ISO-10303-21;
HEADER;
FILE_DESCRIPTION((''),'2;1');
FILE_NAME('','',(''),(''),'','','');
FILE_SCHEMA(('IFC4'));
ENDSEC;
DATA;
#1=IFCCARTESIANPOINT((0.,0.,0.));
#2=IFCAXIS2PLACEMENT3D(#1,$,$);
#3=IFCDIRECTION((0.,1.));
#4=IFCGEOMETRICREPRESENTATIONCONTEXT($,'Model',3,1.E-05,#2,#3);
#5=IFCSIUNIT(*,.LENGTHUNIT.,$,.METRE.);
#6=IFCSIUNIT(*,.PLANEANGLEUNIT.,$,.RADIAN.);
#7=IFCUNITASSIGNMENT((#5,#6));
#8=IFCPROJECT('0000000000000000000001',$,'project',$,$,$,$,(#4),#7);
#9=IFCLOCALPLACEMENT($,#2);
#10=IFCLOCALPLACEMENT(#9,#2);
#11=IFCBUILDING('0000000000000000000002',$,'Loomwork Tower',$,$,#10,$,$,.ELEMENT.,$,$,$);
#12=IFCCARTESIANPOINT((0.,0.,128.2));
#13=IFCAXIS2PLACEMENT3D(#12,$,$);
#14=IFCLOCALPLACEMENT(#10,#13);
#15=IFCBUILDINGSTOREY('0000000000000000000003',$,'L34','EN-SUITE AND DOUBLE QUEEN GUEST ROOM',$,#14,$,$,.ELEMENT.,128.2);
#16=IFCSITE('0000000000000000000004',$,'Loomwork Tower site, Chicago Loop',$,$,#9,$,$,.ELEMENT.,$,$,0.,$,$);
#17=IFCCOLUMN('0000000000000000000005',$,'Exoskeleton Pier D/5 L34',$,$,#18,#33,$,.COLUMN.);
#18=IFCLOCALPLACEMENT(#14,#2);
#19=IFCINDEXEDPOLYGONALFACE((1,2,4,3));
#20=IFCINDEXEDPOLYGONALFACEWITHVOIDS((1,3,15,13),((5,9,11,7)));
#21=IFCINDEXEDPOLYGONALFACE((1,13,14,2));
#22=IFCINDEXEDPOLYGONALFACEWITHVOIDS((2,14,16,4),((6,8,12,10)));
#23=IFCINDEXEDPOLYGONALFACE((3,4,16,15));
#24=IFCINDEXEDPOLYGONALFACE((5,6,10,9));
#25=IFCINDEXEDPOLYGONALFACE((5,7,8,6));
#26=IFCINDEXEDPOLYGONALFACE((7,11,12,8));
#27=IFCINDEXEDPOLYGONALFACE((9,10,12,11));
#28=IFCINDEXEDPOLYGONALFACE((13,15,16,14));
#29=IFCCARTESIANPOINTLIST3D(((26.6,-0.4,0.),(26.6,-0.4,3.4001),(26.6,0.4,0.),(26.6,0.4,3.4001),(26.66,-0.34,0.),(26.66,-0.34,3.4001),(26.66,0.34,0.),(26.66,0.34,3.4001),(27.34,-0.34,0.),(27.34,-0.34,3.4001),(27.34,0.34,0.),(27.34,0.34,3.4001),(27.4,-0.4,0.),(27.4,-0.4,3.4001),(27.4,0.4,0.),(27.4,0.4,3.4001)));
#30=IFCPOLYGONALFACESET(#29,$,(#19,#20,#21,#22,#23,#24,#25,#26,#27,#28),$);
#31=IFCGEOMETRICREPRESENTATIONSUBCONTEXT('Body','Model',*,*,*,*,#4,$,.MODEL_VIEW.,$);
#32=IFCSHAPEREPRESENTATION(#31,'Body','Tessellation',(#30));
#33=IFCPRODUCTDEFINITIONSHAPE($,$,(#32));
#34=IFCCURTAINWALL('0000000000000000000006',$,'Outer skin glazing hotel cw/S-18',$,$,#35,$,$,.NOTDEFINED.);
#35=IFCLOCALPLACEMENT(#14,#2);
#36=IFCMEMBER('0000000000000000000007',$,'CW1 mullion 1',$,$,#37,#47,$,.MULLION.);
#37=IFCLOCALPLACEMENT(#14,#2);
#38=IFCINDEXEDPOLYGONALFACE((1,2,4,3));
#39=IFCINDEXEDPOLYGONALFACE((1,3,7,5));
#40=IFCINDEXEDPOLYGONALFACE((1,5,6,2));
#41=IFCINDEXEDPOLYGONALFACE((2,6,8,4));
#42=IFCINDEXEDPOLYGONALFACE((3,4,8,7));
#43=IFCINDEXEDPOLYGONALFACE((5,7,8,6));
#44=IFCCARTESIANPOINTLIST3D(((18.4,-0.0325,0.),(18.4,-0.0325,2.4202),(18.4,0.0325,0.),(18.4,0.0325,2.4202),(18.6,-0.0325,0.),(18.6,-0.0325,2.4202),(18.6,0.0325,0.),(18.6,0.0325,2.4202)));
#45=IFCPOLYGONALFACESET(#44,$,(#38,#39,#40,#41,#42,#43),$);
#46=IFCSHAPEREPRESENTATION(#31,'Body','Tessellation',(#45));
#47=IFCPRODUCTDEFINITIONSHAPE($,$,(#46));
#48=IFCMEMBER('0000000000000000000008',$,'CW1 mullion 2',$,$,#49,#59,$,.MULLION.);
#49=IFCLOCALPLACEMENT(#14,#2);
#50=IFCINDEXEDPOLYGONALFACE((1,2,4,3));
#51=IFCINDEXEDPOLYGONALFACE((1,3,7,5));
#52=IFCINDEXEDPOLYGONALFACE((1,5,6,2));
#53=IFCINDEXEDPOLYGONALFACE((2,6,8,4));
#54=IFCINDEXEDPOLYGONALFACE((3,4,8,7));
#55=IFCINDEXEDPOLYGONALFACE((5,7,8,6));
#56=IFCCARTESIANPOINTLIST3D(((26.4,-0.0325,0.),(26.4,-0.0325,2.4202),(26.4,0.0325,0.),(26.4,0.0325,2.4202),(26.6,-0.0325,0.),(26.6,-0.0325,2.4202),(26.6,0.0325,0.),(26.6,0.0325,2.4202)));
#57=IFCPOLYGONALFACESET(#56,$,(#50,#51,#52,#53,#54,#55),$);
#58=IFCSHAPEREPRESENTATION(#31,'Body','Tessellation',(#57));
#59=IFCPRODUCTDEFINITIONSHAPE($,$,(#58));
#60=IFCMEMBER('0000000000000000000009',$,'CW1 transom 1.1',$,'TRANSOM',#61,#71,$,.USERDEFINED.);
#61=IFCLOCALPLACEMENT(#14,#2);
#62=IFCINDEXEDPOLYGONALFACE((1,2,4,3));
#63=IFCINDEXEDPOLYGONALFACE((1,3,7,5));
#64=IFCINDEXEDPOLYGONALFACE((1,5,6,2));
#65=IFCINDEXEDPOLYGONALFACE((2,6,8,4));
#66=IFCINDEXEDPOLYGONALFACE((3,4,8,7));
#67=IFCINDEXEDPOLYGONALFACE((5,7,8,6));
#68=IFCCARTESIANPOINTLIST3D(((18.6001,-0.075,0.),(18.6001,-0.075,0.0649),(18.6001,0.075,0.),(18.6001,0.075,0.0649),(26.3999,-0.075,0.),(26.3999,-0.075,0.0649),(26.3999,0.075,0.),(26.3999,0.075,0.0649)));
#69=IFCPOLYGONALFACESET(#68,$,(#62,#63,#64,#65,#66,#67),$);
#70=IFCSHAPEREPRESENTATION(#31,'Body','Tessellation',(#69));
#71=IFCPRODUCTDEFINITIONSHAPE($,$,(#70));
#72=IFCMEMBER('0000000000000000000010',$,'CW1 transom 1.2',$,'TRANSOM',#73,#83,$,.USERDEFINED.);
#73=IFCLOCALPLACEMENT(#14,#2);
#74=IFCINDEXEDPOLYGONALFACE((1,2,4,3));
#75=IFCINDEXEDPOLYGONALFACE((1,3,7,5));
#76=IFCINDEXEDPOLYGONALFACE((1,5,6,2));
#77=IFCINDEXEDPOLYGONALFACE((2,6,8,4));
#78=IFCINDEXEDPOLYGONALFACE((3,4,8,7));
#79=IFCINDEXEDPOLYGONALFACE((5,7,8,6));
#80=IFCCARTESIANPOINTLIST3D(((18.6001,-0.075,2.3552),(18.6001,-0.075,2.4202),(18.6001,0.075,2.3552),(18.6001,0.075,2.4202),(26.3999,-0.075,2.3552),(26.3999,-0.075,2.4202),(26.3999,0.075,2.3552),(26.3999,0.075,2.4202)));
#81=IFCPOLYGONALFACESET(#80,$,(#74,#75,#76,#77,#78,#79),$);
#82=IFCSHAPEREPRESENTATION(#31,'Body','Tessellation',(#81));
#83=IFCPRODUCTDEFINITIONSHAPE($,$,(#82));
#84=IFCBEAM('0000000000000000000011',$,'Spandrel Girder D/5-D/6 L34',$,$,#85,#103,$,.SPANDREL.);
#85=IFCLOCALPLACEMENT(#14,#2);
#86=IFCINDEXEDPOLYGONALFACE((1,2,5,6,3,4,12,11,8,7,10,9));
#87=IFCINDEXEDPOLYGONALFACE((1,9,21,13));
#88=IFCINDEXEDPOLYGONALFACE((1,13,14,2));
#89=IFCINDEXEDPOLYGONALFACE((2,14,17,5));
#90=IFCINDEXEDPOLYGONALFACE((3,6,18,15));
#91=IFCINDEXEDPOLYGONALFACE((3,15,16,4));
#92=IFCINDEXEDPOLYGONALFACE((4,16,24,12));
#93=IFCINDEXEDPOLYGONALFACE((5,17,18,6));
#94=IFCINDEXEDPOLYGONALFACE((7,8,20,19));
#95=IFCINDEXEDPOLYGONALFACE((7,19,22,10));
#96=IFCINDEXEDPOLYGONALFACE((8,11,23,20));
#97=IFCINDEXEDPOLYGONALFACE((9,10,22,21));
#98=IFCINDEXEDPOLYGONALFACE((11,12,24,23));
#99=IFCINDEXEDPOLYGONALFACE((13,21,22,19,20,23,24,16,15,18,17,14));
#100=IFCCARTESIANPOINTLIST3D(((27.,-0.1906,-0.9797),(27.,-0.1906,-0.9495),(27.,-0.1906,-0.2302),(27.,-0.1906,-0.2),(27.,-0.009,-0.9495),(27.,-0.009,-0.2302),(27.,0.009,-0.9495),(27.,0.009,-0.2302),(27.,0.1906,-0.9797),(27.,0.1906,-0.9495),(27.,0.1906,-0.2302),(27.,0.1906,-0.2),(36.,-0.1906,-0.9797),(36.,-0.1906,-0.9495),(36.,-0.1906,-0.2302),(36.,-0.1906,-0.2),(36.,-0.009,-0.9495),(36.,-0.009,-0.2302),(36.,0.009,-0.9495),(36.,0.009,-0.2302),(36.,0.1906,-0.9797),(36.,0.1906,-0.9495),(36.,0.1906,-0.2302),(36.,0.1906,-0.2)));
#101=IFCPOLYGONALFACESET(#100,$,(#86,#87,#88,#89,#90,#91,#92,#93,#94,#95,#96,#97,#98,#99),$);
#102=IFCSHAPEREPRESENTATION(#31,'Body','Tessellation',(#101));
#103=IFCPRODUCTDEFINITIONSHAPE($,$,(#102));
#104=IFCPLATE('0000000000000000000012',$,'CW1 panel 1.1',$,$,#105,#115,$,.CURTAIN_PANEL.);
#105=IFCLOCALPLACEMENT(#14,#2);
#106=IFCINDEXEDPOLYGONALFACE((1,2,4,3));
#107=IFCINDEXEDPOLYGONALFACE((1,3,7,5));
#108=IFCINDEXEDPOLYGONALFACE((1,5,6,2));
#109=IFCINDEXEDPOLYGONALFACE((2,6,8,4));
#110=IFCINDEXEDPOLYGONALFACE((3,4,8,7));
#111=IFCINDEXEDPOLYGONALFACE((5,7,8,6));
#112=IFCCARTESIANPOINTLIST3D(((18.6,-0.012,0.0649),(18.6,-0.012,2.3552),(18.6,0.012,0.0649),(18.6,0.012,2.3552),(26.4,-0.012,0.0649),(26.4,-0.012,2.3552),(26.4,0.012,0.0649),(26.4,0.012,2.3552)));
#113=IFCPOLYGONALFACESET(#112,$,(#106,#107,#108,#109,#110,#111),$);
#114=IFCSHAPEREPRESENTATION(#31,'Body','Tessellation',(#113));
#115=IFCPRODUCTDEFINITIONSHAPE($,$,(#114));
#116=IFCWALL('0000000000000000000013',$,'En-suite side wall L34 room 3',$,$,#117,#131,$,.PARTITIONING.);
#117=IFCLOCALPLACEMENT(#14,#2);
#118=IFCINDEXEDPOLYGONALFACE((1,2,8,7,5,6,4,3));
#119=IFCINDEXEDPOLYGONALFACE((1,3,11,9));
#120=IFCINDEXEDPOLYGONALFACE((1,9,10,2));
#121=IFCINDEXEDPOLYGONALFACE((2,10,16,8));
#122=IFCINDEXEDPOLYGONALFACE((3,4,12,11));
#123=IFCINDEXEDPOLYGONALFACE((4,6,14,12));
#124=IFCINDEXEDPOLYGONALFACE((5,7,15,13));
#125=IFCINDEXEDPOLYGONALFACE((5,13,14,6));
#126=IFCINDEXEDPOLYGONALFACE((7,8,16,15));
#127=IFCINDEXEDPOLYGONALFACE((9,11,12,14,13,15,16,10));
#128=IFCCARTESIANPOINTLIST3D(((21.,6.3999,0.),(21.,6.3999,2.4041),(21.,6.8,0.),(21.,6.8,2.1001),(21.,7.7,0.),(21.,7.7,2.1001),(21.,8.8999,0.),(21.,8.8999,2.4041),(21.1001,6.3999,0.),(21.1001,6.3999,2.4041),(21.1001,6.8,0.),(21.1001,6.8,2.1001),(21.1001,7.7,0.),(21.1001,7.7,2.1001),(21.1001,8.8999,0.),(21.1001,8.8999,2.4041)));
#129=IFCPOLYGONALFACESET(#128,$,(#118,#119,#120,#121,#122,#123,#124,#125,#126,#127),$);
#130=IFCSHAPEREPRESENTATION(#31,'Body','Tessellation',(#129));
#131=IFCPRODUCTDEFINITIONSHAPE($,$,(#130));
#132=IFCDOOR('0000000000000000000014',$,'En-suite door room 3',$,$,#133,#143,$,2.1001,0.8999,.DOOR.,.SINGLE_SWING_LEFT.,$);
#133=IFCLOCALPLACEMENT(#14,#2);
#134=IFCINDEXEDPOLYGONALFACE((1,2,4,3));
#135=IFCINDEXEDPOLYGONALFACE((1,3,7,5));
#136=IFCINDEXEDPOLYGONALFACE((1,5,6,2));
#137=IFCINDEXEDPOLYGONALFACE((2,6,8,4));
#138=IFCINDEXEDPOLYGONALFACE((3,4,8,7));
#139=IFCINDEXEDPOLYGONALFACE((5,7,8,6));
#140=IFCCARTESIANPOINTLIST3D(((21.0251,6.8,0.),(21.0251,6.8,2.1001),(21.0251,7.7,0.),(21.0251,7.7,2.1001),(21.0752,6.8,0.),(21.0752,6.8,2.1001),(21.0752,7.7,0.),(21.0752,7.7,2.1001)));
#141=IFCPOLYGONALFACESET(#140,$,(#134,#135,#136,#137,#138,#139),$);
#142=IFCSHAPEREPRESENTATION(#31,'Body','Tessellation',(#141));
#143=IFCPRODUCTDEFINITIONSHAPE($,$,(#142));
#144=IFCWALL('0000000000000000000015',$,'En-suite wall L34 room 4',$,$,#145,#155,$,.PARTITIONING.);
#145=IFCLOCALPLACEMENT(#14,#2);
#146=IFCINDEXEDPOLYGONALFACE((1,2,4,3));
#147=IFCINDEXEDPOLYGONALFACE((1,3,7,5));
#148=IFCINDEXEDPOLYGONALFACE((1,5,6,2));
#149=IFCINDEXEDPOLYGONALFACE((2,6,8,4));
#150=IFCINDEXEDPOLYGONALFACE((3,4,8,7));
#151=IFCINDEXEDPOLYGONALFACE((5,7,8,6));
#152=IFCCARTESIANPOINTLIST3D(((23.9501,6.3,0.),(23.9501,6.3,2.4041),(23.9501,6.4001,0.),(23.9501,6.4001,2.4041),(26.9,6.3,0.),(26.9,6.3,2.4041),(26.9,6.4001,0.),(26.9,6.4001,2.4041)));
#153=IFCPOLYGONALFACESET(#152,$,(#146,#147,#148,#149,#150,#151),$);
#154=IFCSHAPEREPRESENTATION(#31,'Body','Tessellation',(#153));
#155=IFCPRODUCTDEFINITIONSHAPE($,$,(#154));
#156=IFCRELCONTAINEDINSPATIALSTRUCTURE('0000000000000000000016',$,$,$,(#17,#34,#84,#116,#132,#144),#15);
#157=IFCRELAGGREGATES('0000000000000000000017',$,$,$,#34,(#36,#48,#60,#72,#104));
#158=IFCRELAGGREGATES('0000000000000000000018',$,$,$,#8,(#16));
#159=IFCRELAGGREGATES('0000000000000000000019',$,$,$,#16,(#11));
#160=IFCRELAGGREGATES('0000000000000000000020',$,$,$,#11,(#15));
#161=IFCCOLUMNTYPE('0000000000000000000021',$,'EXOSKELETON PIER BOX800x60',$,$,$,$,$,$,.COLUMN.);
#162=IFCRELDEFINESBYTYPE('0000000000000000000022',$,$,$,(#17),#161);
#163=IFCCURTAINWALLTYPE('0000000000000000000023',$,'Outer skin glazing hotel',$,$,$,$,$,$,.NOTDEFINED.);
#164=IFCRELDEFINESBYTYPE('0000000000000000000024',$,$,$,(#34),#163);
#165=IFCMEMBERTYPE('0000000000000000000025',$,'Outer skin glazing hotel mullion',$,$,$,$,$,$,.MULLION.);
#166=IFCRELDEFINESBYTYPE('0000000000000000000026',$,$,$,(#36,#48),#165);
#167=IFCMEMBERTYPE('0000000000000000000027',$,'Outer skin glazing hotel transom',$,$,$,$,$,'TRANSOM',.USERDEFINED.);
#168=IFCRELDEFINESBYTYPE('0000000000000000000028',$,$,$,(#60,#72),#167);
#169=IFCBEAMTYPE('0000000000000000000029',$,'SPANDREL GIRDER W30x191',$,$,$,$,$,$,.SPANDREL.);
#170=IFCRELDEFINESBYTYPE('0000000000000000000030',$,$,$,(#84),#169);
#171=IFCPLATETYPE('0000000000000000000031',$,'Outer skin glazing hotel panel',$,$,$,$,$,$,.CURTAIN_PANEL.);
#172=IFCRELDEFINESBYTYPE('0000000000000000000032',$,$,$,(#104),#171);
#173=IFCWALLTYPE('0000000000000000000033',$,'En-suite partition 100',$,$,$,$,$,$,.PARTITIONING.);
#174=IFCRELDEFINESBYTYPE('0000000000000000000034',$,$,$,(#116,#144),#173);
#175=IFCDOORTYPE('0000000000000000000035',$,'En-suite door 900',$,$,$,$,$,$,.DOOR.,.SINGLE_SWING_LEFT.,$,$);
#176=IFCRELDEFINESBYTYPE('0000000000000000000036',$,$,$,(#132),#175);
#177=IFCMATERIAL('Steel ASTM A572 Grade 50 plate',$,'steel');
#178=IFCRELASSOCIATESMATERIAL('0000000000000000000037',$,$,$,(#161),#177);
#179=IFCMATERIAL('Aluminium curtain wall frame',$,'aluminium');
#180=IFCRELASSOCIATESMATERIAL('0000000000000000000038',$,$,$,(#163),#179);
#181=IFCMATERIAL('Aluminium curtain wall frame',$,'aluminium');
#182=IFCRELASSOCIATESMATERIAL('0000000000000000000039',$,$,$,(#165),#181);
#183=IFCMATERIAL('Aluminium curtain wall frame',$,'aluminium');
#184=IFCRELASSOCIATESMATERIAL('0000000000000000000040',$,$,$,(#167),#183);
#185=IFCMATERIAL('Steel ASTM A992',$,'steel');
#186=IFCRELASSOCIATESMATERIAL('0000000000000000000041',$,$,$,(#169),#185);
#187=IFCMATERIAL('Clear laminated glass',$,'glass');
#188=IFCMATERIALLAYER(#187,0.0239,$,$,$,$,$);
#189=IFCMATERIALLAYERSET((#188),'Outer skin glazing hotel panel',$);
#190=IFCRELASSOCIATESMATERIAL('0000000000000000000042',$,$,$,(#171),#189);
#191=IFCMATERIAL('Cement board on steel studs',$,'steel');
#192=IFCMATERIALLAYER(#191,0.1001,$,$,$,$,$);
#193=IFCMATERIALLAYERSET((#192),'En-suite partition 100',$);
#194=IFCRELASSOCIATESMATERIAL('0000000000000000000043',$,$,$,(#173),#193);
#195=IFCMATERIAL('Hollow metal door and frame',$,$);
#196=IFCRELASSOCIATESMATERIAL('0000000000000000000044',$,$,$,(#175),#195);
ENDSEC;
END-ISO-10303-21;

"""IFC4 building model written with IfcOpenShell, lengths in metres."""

from ifc_helpers import new_model, si_unit, direction, frame, frame_2d, origin, origin_2d, place, context, subcontext, project, spatial, rectangle, hollow_rectangle, i_section, extrude, material, layer, layer_set, material_profile, profile_set, type_object, element, fill, aggregate, save


model = new_model("IFC4")

# Units and contexts
model_context = context("Model", 3, precision=1e-05, world=origin(), true_north=direction((0.0, 1.0)))
body_context = subcontext(model_context, "Body", "Model", "MODEL_VIEW")
ifc_project = project(units=[si_unit("LENGTHUNIT", "METRE"), si_unit("PLANEANGLEUNIT", "RADIAN")], contexts=[model_context])

# Site, building, storey
site_placement = place(None, origin())
site = spatial("IfcSite", under=ifc_project, at=site_placement, Name="Loomwork Tower site, Chicago Loop", CompositionType="ELEMENT", RefElevation=0.0)
building_placement = place(site_placement, origin())
building = spatial("IfcBuilding", under=site, at=building_placement, Name="Loomwork Tower", CompositionType="ELEMENT")
storey_placement = place(building_placement, frame((0.0, 0.0, 128.2)))
storey = spatial("IfcBuildingStorey", under=building, at=storey_placement, Name="L34", Description="EN-SUITE AND DOUBLE QUEEN GUEST ROOM", CompositionType="ELEMENT", Elevation=128.2)

# Column
ifc_material_1 = material(Name="Steel ASTM A572 Grade 50 plate", Category="steel")
ifc_material_profile_1 = material_profile(ifc_material_1, hollow_rectangle(XDim=0.8, YDim=0.8, WallThickness=0.0601, at=origin_2d()), Name="BOX800x60")
ifc_profile_set_1 = profile_set([ifc_material_profile_1], Name="Steel ASTM A572 Grade 50 plate")
column_type = type_object("IfcColumnType", Name="EXOSKELETON PIER BOX800x60", PredefinedType="COLUMN", material=ifc_profile_set_1)
column_placement = place(storey_placement, frame((27.0, 0.0, 0.0), z_axis=(0.0, 0.0, 1.0), x_axis=(1.0, 0.0, 0.0)))
element("IfcColumn", 1, at=column_placement, inside=storey, type_object=column_type, Name="Exoskeleton Pier D/5 L34", PredefinedType="COLUMN", context=body_context, shape_type="SweptSolid", body=[
    extrude(hollow_rectangle(XDim=0.8, YDim=0.8, WallThickness=0.0601, at=origin_2d()), origin(), (0.0, 0.0, 1.0), 3.4001),
])

# Curtain wall, members
ifc_material_2 = material(Name="Aluminium curtain wall frame", Category="aluminium")
curtain_wall_type = type_object("IfcCurtainWallType", Name="Outer skin glazing hotel", PredefinedType="NOTDEFINED", material=ifc_material_2)
curtain_wall_placement = place(storey_placement, origin())
curtain_wall = element("IfcCurtainWall", 2, at=curtain_wall_placement, inside=storey, type_object=curtain_wall_type, Name="Outer skin glazing hotel cw/S-18", PredefinedType="NOTDEFINED")
ifc_material_3 = material(Name="Aluminium curtain wall frame", Category="aluminium")
ifc_material_profile_2 = material_profile(ifc_material_3, rectangle(XDim=0.0649, YDim=0.2, at=origin_2d()), Name="AL 65x200")
ifc_profile_set_2 = profile_set([ifc_material_profile_2], Name="Aluminium curtain wall frame")
member_type_1 = type_object("IfcMemberType", Name="Outer skin glazing hotel mullion", PredefinedType="MULLION", material=ifc_profile_set_2)
member_1_placement = place(storey_placement, frame((18.5, 0.0, 0.0), z_axis=(0.0, 0.0, 1.0), x_axis=(0.0, 1.0, 0.0)))
member_1 = element("IfcMember", 3, at=member_1_placement, type_object=member_type_1, Name="CW1 mullion 1", PredefinedType="MULLION", context=body_context, shape_type="SweptSolid", body=[
    extrude(rectangle(XDim=0.0649, YDim=0.2, at=origin_2d()), origin(), (0.0, 0.0, 1.0), 2.4202),
])
member_2_placement = place(storey_placement, frame((26.5, 0.0, 0.0), z_axis=(0.0, 0.0, 1.0), x_axis=(0.0, 1.0, 0.0)))
member_2 = element("IfcMember", 4, at=member_2_placement, type_object=member_type_1, Name="CW1 mullion 2", PredefinedType="MULLION", context=body_context, shape_type="SweptSolid", body=[
    extrude(rectangle(XDim=0.0649, YDim=0.2, at=origin_2d()), origin(), (0.0, 0.0, 1.0), 2.4202),
])
ifc_material_4 = material(Name="Aluminium curtain wall frame", Category="aluminium")
ifc_material_profile_3 = material_profile(ifc_material_4, rectangle(XDim=0.1499, YDim=0.0649, at=origin_2d()), Name="AL 65x150")
ifc_profile_set_3 = profile_set([ifc_material_profile_3], Name="Aluminium curtain wall frame")
member_type_2 = type_object("IfcMemberType", Name="Outer skin glazing hotel transom", ElementType="TRANSOM", PredefinedType="USERDEFINED", material=ifc_profile_set_3)
member_3_placement = place(storey_placement, frame((18.6001, 0.0, 0.0325), z_axis=(1.0, 0.0, 0.0), x_axis=(0.0, 1.0, 0.0)))
member_3 = element("IfcMember", 5, at=member_3_placement, type_object=member_type_2, Name="CW1 transom 1.1", ObjectType="TRANSOM", PredefinedType="USERDEFINED", context=body_context, shape_type="SweptSolid", body=[
    extrude(rectangle(XDim=0.1499, YDim=0.0649, at=origin_2d()), origin(), (0.0, 0.0, 1.0), 7.7998),
])
member_4_placement = place(storey_placement, frame((18.6001, 0.0, 2.3877), z_axis=(1.0, 0.0, 0.0), x_axis=(0.0, 1.0, 0.0)))
member_4 = element("IfcMember", 6, at=member_4_placement, type_object=member_type_2, Name="CW1 transom 1.2", ObjectType="TRANSOM", PredefinedType="USERDEFINED", context=body_context, shape_type="SweptSolid", body=[
    extrude(rectangle(XDim=0.1499, YDim=0.0649, at=origin_2d()), origin(), (0.0, 0.0, 1.0), 7.7998),
])

# Beam
ifc_material_5 = material(Name="Steel ASTM A992", Category="steel")
ifc_material_profile_4 = material_profile(ifc_material_5, i_section(OverallWidth=0.3811, OverallDepth=0.7798, WebThickness=0.0181, FlangeThickness=0.0303, at=origin_2d()), Name="W30x191")
ifc_profile_set_4 = profile_set([ifc_material_profile_4], Name="Steel ASTM A992")
beam_type = type_object("IfcBeamType", Name="SPANDREL GIRDER W30x191", PredefinedType="SPANDREL", material=ifc_profile_set_4)
beam_placement = place(storey_placement, frame((27.0, 0.0, -0.5898), z_axis=(1.0, 0.0, 0.0), x_axis=(0.0, 1.0, 0.0)))
element("IfcBeam", 7, at=beam_placement, inside=storey, type_object=beam_type, Name="Spandrel Girder D/5-D/6 L34", PredefinedType="SPANDREL", context=body_context, shape_type="SweptSolid", body=[
    extrude(i_section(OverallWidth=0.3811, OverallDepth=0.7798, WebThickness=0.0181, FlangeThickness=0.0303, at=origin_2d()), origin(), (0.0, 0.0, 1.0), 9.0),
])

# Plate
ifc_material_6 = material(Name="Clear laminated glass", Category="glass")
ifc_layer_1 = layer(ifc_material_6, 0.0239)
ifc_layer_set_1 = layer_set([ifc_layer_1], Name="Outer skin glazing hotel panel")
plate_type = type_object("IfcPlateType", Name="Outer skin glazing hotel panel", PredefinedType="CURTAIN_PANEL", material=ifc_layer_set_1)
plate_placement = place(storey_placement, frame((22.5, 0.0, 0.0649), z_axis=(0.0, 0.0, 1.0), x_axis=(1.0, 0.0, 0.0)))
plate = element("IfcPlate", 8, at=plate_placement, type_object=plate_type, Name="CW1 panel 1.1", PredefinedType="CURTAIN_PANEL", context=body_context, shape_type="SweptSolid", body=[
    extrude(rectangle(XDim=7.8, YDim=0.0239, at=origin_2d()), origin(), (0.0, 0.0, 1.0), 2.2903),
])
aggregate(curtain_wall, [member_1, member_2, member_3, member_4, plate])

# Wall, opening, door
ifc_material_7 = material(Name="Cement board on steel studs", Category="steel")
ifc_layer_2 = layer(ifc_material_7, 0.1001)
ifc_layer_set_2 = layer_set([ifc_layer_2], Name="En-suite partition 100")
wall_type_1 = type_object("IfcWallType", Name="En-suite partition 100", PredefinedType="PARTITIONING", material=ifc_layer_set_2)
wall_1_placement = place(storey_placement, frame((21.05, 8.8999, 0.0), z_axis=(0.0, 0.0, 1.0), x_axis=(0.0, -1.0, 0.0)))
wall_1 = element("IfcWall", 9, at=wall_1_placement, inside=storey, type_object=wall_type_1, Name="En-suite side wall L34 room 3", PredefinedType="PARTITIONING", context=body_context, shape_type="SweptSolid", body=[
    extrude(rectangle(XDim=2.5, YDim=0.1001, at=frame_2d((1.25, 0.0))), origin(), (0.0, 0.0, 1.0), 2.4041),
])
opening_1_placement = place(wall_1_placement, frame((1.2, 0.0, 0.0)))
opening_1 = element("IfcOpeningElement", 10, at=opening_1_placement, cuts=wall_1, PredefinedType="OPENING", context=body_context, shape_type="SweptSolid", body=[
    extrude(rectangle(XDim=0.8999, YDim=2.1001, at=frame_2d((0.45, 1.05))), frame((0.0, 0.0601, 0.0), z_axis=(0.0, -1.0, 0.0), x_axis=(1.0, 0.0, 0.0)), (0.0, 0.0, 1.0), 0.1201),
])
ifc_material_8 = material(Name="Hollow metal door and frame")
door_type = type_object("IfcDoorType", Name="En-suite door 900", OperationType="SINGLE_SWING_LEFT", PredefinedType="DOOR", material=ifc_material_8)
door_1_placement = place(opening_1_placement, frame((0.8999, 0.0, 0.0), z_axis=(0.0, 0.0, 1.0), x_axis=(-1.0, 0.0, 0.0)))
door_1 = element("IfcDoor", 11, at=door_1_placement, inside=storey, type_object=door_type, Name="En-suite door room 3", OperationType="SINGLE_SWING_LEFT", OverallHeight=2.1001, OverallWidth=0.8999, PredefinedType="DOOR", context=body_context, shape_type="SweptSolid", body=[
    extrude(rectangle(XDim=0.8999, YDim=2.1001, at=frame_2d((0.45, 1.05))), frame((0.0, 0.0249, 0.0), z_axis=(0.0, -1.0, 0.0), x_axis=(1.0, 0.0, 0.0)), (0.0, 0.0, 1.0), 0.05),
])
fill(opening_1, door_1)

# Wall
wall_2_placement = place(storey_placement, frame((23.95, 6.3501, 0.0), z_axis=(0.0, 0.0, 1.0), x_axis=(1.0, 0.0, 0.0)))
element("IfcWall", 12, at=wall_2_placement, inside=storey, type_object=wall_type_1, Name="En-suite wall L34 room 4", PredefinedType="PARTITIONING", context=body_context, shape_type="SweptSolid", body=[
    extrude(rectangle(XDim=2.95, YDim=0.1001, at=frame_2d((1.4751, 0.0))), origin(), (0.0, 0.0, 1.0), 2.4041),
])

save(model, "model.ifc")
